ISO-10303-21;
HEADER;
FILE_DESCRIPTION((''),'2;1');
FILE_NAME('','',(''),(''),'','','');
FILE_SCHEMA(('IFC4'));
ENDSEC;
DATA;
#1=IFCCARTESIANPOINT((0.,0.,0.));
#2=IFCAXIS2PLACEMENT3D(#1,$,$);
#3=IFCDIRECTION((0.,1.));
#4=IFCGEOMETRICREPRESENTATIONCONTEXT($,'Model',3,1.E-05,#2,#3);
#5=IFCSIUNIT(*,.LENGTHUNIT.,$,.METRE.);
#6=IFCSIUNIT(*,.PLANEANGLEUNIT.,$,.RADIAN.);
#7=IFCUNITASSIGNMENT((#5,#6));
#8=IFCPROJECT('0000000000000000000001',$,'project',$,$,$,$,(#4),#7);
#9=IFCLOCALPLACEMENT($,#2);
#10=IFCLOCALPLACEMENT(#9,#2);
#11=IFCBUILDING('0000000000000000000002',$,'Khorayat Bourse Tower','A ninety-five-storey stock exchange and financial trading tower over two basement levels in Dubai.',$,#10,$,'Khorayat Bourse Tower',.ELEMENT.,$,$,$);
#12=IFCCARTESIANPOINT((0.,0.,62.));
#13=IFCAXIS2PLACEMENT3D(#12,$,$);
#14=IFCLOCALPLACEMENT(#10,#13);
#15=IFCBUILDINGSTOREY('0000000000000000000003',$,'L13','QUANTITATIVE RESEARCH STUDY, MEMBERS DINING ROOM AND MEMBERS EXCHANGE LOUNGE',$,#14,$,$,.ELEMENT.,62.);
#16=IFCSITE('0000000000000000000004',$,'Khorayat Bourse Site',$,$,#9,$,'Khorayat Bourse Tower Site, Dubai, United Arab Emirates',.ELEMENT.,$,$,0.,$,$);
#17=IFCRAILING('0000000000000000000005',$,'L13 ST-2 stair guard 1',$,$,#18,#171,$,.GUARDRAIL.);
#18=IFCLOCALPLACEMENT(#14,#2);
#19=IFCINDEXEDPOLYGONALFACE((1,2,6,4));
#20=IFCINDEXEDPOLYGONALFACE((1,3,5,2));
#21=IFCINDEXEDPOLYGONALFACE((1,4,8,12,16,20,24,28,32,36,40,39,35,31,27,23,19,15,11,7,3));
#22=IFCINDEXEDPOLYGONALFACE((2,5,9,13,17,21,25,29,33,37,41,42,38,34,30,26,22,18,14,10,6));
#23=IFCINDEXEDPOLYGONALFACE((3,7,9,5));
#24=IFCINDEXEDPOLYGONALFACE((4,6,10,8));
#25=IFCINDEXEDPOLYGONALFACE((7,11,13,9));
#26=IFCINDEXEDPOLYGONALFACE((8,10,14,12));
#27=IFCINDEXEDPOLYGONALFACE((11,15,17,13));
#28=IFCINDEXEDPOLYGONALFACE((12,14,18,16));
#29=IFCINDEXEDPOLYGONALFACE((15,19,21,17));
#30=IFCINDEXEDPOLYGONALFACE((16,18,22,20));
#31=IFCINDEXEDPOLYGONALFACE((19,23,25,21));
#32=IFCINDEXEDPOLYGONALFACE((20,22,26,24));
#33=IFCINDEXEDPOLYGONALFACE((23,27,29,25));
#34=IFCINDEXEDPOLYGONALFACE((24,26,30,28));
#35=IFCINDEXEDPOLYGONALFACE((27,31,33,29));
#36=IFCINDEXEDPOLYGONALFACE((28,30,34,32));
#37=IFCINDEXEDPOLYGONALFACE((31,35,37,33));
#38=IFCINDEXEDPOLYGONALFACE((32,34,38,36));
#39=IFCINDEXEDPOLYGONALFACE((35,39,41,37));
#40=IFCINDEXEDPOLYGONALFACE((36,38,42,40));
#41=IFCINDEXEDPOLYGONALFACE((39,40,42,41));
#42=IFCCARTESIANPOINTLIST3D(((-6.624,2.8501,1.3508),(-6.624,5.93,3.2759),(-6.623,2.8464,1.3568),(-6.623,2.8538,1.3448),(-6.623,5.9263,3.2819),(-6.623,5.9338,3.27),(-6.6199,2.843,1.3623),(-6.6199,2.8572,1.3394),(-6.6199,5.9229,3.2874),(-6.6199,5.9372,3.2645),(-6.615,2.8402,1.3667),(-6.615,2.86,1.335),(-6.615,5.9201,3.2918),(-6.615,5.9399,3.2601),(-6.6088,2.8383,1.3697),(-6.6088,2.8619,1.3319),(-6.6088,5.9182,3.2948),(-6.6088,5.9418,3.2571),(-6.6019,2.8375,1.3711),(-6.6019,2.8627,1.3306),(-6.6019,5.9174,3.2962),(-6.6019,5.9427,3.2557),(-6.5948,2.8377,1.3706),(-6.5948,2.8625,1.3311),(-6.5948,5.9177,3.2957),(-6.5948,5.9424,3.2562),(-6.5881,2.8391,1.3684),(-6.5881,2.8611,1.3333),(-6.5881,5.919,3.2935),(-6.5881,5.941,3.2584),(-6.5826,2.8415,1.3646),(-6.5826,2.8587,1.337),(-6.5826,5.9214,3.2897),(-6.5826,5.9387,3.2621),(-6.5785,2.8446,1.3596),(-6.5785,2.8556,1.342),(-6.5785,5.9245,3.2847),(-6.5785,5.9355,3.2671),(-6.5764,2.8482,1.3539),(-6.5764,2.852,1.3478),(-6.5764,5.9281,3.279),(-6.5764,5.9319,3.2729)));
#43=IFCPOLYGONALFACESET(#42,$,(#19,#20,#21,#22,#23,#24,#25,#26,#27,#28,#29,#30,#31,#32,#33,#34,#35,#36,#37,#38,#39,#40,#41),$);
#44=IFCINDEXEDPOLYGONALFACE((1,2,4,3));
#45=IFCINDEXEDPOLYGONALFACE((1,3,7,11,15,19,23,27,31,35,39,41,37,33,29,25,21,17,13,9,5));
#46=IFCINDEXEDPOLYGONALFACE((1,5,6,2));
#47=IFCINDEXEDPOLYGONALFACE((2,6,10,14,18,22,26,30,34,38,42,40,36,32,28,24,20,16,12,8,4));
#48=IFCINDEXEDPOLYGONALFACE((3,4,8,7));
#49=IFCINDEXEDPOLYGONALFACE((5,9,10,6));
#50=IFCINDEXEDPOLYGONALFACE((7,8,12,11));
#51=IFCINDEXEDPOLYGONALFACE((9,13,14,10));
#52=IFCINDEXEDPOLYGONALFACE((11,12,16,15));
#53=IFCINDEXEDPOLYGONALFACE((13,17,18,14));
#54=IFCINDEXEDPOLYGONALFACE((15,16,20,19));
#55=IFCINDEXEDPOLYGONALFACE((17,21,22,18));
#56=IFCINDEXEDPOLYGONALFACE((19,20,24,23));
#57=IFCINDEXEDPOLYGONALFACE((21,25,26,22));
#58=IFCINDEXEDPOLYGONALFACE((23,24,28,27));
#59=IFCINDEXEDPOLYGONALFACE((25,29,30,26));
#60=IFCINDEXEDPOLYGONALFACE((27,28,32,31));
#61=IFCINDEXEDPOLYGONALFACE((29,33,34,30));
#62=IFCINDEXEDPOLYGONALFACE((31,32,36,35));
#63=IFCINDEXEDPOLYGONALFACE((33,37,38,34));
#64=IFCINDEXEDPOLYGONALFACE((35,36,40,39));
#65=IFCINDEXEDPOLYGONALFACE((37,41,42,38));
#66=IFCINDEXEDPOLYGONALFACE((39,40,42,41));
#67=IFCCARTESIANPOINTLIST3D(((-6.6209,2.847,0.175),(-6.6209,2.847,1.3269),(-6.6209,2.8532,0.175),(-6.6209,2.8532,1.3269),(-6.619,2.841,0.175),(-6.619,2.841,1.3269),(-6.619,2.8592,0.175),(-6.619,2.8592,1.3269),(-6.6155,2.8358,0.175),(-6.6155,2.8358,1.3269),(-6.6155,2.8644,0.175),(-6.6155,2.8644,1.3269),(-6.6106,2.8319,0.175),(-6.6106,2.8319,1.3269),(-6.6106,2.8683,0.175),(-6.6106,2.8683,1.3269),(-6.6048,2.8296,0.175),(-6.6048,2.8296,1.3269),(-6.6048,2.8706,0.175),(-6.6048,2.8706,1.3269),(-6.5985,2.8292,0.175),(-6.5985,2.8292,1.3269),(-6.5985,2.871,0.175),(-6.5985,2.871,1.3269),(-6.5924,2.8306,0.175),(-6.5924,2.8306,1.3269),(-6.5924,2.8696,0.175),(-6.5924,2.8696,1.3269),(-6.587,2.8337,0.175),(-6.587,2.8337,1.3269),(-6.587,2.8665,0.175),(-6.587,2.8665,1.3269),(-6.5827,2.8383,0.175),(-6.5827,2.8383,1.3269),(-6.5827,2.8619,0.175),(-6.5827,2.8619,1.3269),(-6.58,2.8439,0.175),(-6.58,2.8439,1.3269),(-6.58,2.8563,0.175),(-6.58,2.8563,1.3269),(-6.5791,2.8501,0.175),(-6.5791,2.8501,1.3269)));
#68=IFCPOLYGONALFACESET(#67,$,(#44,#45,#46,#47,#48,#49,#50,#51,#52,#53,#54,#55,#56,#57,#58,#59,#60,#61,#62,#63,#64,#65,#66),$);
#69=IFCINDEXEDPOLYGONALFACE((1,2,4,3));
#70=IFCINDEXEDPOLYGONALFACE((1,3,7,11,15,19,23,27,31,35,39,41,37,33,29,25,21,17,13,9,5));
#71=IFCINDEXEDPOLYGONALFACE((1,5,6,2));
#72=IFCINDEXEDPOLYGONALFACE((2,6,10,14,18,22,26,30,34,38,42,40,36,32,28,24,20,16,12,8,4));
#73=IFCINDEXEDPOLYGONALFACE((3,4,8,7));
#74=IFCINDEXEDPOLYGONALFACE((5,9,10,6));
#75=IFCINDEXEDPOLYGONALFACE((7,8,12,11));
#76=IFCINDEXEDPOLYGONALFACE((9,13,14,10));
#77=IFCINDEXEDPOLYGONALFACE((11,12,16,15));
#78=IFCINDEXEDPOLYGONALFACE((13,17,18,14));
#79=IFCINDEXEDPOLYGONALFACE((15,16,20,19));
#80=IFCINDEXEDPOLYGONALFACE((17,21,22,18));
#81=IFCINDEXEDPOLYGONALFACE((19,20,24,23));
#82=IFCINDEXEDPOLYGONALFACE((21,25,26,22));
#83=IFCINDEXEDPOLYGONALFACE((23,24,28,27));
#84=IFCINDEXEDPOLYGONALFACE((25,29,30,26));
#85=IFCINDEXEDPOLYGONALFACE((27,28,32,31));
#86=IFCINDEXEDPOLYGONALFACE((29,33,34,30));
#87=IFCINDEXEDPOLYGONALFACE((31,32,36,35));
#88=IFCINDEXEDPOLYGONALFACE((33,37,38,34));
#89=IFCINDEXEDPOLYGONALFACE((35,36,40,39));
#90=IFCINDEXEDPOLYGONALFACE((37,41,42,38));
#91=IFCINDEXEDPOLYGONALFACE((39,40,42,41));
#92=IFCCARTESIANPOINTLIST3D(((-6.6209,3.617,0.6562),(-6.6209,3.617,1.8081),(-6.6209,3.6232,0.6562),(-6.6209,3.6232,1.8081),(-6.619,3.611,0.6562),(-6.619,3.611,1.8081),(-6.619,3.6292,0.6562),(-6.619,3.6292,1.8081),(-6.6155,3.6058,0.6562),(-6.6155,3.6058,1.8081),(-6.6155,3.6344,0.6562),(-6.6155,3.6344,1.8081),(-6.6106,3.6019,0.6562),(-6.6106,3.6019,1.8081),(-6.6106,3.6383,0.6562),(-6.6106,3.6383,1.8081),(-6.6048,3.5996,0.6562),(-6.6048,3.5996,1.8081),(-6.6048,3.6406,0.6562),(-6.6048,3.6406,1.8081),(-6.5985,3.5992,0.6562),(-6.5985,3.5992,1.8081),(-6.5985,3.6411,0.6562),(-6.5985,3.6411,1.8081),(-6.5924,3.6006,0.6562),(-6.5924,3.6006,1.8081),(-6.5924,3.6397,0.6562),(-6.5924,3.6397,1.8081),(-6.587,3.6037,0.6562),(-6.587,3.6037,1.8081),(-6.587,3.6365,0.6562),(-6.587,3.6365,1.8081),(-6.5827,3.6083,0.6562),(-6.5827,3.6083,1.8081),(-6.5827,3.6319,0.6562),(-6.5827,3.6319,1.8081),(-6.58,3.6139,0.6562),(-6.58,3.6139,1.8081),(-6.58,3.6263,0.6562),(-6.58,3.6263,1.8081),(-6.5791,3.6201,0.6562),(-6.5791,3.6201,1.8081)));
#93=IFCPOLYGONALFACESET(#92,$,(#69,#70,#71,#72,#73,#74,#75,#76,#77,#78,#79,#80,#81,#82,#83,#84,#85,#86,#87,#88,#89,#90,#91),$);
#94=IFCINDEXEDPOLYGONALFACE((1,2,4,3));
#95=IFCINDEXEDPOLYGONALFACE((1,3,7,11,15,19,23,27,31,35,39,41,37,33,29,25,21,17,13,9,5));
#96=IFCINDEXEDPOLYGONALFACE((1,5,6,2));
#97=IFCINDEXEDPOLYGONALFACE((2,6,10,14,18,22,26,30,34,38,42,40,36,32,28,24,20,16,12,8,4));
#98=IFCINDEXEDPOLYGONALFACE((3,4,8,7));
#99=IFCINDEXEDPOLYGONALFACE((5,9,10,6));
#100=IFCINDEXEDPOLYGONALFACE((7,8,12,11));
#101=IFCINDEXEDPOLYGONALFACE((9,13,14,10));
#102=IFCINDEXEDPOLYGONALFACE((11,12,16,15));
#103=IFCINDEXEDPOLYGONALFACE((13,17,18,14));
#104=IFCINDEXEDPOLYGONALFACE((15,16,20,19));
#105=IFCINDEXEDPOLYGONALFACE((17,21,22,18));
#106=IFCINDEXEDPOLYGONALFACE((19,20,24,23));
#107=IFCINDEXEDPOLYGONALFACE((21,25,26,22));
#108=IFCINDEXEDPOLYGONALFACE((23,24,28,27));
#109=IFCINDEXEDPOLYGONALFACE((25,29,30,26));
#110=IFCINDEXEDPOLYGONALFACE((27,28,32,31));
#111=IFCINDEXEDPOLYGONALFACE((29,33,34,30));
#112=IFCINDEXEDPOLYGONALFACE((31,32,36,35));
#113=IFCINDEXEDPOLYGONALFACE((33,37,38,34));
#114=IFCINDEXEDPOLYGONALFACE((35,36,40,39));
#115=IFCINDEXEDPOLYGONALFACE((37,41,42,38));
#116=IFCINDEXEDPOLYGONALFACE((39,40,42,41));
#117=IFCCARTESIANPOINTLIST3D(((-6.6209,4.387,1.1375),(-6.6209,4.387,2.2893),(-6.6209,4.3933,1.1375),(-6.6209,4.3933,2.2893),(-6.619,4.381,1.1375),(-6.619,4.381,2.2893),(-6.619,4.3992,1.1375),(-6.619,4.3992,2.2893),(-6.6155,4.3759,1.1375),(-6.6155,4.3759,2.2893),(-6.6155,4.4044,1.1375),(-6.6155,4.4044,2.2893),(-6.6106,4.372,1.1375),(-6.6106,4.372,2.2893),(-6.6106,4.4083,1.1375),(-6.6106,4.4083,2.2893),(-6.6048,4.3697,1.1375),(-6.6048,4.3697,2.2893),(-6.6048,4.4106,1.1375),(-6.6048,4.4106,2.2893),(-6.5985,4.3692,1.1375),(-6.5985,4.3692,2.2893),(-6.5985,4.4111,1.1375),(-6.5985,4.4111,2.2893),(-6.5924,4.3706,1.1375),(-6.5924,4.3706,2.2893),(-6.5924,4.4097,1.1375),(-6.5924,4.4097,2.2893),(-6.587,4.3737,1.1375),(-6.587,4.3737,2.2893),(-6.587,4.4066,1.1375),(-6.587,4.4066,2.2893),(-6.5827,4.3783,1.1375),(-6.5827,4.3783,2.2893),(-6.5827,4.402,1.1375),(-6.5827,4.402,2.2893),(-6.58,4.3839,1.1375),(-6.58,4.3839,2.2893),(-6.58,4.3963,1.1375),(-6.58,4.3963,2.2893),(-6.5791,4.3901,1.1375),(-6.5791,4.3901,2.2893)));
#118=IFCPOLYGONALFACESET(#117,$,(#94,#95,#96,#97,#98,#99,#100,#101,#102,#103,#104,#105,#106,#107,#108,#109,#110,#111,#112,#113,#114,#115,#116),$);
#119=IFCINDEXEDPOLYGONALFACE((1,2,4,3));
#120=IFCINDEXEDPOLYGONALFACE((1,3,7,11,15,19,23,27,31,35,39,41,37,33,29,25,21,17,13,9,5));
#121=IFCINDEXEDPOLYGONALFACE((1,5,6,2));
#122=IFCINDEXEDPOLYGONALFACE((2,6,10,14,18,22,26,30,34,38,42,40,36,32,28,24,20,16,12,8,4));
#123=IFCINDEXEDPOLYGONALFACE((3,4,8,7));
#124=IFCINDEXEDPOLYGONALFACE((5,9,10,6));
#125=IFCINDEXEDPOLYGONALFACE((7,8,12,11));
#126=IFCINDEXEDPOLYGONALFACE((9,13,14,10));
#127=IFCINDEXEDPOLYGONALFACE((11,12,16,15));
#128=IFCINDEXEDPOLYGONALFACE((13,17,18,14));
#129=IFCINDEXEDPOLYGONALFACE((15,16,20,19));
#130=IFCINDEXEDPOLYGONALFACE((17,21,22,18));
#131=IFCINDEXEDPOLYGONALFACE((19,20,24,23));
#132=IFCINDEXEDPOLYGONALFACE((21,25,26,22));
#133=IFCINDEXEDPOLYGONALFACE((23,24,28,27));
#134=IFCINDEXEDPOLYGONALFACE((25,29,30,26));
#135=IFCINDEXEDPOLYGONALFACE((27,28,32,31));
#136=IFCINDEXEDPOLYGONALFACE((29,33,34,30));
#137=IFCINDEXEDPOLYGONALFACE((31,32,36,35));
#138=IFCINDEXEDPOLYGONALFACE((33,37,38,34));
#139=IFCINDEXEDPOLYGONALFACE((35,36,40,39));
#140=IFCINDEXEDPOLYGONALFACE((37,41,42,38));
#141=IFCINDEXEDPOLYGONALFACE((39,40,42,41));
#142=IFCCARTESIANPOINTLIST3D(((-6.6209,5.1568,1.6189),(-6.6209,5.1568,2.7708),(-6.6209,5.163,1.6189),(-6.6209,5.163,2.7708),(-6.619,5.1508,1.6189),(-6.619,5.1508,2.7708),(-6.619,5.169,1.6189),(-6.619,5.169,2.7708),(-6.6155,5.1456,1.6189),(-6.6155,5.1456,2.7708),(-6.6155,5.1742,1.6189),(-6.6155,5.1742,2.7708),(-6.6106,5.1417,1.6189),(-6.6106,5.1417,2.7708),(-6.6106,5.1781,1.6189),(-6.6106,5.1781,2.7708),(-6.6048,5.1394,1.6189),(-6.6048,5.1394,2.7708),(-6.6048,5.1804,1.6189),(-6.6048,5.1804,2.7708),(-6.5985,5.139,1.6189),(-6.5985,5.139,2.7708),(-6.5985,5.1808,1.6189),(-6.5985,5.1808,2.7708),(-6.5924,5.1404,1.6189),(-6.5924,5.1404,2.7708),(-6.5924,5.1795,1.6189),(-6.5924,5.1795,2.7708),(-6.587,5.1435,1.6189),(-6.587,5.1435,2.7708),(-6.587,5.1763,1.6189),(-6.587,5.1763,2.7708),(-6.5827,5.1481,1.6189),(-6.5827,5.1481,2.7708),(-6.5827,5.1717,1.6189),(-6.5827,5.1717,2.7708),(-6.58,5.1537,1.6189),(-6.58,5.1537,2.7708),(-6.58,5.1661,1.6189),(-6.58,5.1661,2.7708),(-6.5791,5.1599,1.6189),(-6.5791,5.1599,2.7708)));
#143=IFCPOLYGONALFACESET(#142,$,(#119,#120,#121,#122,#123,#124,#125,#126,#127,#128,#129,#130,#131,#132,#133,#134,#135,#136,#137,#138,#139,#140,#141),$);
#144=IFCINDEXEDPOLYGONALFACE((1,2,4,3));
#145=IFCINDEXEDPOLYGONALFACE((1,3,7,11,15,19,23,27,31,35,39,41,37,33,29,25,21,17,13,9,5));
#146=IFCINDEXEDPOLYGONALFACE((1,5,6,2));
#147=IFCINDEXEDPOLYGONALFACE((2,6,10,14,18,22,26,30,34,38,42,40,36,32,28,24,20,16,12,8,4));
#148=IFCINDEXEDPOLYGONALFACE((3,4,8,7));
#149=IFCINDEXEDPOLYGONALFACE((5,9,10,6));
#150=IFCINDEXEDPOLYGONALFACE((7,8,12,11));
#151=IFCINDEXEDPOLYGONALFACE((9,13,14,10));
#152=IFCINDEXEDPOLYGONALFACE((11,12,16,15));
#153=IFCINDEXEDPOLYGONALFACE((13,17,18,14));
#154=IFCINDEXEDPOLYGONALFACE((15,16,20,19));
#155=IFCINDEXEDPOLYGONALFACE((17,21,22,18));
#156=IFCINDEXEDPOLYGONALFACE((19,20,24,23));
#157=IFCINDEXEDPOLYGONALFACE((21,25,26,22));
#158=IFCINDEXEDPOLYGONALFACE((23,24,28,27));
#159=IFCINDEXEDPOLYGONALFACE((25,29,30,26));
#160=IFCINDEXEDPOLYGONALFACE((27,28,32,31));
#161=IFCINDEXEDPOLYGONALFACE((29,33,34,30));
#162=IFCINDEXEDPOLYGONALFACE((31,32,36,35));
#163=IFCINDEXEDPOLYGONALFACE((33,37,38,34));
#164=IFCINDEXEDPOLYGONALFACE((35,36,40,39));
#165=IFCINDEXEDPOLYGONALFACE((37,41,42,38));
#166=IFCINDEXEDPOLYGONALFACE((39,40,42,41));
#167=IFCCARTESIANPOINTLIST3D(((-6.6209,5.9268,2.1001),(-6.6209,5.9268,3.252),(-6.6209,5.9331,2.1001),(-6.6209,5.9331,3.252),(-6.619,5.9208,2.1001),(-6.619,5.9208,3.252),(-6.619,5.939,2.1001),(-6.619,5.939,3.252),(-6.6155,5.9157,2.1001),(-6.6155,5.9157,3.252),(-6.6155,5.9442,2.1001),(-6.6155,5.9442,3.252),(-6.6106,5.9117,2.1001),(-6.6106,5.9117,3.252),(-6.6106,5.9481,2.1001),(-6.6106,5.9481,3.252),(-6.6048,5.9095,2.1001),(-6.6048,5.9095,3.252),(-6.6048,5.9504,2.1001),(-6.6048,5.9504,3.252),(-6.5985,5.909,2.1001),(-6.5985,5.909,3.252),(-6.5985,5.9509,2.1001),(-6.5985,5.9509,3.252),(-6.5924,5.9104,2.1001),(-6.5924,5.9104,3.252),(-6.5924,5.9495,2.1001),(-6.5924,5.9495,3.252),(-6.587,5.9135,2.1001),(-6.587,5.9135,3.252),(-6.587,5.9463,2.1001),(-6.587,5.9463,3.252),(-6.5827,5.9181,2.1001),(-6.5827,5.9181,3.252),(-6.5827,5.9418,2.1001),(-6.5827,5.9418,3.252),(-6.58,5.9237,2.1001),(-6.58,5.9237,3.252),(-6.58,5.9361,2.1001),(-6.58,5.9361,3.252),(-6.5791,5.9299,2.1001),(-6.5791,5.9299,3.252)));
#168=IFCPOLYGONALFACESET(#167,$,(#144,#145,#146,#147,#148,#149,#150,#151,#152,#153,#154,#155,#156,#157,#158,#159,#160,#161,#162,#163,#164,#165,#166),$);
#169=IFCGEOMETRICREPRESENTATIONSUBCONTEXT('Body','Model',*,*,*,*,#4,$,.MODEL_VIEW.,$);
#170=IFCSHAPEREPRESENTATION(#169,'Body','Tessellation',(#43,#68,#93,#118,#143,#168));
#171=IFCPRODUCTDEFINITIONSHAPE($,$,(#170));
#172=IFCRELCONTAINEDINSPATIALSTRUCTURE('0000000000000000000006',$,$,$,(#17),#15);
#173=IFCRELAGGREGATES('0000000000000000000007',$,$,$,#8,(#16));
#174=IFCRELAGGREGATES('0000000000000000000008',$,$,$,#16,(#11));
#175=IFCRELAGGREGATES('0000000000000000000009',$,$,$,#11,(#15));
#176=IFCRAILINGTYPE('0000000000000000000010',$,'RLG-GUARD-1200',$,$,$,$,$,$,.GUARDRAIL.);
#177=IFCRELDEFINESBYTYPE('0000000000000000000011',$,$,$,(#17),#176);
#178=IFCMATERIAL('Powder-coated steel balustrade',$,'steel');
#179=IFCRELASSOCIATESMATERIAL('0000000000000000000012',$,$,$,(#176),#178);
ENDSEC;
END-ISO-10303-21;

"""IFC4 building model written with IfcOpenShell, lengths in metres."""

from ifc_helpers import new_model, si_unit, direction, frame, origin, origin_2d, place, context, subcontext, project, spatial, circle, extrude, source, transform, mapped, material, type_object, element, save


model = new_model("IFC4")

# Units and contexts
model_context = context("Model", 3, precision=1e-05, world=origin(), true_north=direction((0.0, 1.0)))
body_context = subcontext(model_context, "Body", "Model", "MODEL_VIEW")
ifc_project = project(units=[si_unit("LENGTHUNIT", "METRE"), si_unit("PLANEANGLEUNIT", "RADIAN")], contexts=[model_context])

# Site, building, storey
site_placement = place(None, origin())
site = spatial("IfcSite", under=ifc_project, at=site_placement, Name="Khorayat Bourse Site", LongName="Khorayat Bourse Tower Site, Dubai, United Arab Emirates", CompositionType="ELEMENT", RefElevation=0.0)
building_placement = place(site_placement, origin())
building = spatial("IfcBuilding", under=site, at=building_placement, Name="Khorayat Bourse Tower", Description="A ninety-five-storey stock exchange and financial trading tower over two basement levels in Dubai.", LongName="Khorayat Bourse Tower", CompositionType="ELEMENT")
storey_placement = place(building_placement, frame((0.0, 0.0, 62.0)))
storey = spatial("IfcBuildingStorey", under=building, at=storey_placement, Name="L13", Description="QUANTITATIVE RESEARCH STUDY, MEMBERS DINING ROOM AND MEMBERS EXCHANGE LOUNGE", CompositionType="ELEMENT", Elevation=62.0)

# Railing
ifc_material_1 = material(Name="Powder-coated steel balustrade", Category="steel")
railing_type_1 = type_object("IfcRailingType", Name="RLG-GUARD-1200", PredefinedType="GUARDRAIL", material=ifc_material_1)
shared_shape_1 = source(origin(), body_context, "Body", "SweptSolid", [
    extrude(circle(Radius=0.0239, at=origin_2d()), frame((0.0, 0.0, 1.1758), z_axis=(0.0, 0.847979, 0.530029), x_axis=(-1.0, 0.0, 0.0)), (0.0, 0.0, 1.0), 3.6321),
    extrude(circle(Radius=0.021, at=origin_2d()), origin(), (0.0, 0.0, 1.0), 1.1519),
    extrude(circle(Radius=0.021, at=origin_2d()), frame((0.0, 0.77, 0.4812)), (0.0, 0.0, 1.0), 1.1519),
    extrude(circle(Radius=0.021, at=origin_2d()), frame((0.0, 1.54, 0.9624)), (0.0, 0.0, 1.0), 1.1519),
    extrude(circle(Radius=0.021, at=origin_2d()), frame((0.0, 2.3098, 1.4438)), (0.0, 0.0, 1.0), 1.1519),
    extrude(circle(Radius=0.021, at=origin_2d()), frame((0.0, 3.0798, 1.925)), (0.0, 0.0, 1.0), 1.1519),
])
railing_1_placement = place(storey_placement, frame((-6.6001, 2.8501, 0.175)))
element("IfcRailing", 1, at=railing_1_placement, inside=storey, type_object=railing_type_1, Name="L13 ST-2 stair guard 1", PredefinedType="GUARDRAIL", context=body_context, shape_type="MappedRepresentation", body=[
    mapped(shared_shape_1, transform((0.0, 0.0, 0.0), scale=1.0)),
])

save(model, "model.ifc")
